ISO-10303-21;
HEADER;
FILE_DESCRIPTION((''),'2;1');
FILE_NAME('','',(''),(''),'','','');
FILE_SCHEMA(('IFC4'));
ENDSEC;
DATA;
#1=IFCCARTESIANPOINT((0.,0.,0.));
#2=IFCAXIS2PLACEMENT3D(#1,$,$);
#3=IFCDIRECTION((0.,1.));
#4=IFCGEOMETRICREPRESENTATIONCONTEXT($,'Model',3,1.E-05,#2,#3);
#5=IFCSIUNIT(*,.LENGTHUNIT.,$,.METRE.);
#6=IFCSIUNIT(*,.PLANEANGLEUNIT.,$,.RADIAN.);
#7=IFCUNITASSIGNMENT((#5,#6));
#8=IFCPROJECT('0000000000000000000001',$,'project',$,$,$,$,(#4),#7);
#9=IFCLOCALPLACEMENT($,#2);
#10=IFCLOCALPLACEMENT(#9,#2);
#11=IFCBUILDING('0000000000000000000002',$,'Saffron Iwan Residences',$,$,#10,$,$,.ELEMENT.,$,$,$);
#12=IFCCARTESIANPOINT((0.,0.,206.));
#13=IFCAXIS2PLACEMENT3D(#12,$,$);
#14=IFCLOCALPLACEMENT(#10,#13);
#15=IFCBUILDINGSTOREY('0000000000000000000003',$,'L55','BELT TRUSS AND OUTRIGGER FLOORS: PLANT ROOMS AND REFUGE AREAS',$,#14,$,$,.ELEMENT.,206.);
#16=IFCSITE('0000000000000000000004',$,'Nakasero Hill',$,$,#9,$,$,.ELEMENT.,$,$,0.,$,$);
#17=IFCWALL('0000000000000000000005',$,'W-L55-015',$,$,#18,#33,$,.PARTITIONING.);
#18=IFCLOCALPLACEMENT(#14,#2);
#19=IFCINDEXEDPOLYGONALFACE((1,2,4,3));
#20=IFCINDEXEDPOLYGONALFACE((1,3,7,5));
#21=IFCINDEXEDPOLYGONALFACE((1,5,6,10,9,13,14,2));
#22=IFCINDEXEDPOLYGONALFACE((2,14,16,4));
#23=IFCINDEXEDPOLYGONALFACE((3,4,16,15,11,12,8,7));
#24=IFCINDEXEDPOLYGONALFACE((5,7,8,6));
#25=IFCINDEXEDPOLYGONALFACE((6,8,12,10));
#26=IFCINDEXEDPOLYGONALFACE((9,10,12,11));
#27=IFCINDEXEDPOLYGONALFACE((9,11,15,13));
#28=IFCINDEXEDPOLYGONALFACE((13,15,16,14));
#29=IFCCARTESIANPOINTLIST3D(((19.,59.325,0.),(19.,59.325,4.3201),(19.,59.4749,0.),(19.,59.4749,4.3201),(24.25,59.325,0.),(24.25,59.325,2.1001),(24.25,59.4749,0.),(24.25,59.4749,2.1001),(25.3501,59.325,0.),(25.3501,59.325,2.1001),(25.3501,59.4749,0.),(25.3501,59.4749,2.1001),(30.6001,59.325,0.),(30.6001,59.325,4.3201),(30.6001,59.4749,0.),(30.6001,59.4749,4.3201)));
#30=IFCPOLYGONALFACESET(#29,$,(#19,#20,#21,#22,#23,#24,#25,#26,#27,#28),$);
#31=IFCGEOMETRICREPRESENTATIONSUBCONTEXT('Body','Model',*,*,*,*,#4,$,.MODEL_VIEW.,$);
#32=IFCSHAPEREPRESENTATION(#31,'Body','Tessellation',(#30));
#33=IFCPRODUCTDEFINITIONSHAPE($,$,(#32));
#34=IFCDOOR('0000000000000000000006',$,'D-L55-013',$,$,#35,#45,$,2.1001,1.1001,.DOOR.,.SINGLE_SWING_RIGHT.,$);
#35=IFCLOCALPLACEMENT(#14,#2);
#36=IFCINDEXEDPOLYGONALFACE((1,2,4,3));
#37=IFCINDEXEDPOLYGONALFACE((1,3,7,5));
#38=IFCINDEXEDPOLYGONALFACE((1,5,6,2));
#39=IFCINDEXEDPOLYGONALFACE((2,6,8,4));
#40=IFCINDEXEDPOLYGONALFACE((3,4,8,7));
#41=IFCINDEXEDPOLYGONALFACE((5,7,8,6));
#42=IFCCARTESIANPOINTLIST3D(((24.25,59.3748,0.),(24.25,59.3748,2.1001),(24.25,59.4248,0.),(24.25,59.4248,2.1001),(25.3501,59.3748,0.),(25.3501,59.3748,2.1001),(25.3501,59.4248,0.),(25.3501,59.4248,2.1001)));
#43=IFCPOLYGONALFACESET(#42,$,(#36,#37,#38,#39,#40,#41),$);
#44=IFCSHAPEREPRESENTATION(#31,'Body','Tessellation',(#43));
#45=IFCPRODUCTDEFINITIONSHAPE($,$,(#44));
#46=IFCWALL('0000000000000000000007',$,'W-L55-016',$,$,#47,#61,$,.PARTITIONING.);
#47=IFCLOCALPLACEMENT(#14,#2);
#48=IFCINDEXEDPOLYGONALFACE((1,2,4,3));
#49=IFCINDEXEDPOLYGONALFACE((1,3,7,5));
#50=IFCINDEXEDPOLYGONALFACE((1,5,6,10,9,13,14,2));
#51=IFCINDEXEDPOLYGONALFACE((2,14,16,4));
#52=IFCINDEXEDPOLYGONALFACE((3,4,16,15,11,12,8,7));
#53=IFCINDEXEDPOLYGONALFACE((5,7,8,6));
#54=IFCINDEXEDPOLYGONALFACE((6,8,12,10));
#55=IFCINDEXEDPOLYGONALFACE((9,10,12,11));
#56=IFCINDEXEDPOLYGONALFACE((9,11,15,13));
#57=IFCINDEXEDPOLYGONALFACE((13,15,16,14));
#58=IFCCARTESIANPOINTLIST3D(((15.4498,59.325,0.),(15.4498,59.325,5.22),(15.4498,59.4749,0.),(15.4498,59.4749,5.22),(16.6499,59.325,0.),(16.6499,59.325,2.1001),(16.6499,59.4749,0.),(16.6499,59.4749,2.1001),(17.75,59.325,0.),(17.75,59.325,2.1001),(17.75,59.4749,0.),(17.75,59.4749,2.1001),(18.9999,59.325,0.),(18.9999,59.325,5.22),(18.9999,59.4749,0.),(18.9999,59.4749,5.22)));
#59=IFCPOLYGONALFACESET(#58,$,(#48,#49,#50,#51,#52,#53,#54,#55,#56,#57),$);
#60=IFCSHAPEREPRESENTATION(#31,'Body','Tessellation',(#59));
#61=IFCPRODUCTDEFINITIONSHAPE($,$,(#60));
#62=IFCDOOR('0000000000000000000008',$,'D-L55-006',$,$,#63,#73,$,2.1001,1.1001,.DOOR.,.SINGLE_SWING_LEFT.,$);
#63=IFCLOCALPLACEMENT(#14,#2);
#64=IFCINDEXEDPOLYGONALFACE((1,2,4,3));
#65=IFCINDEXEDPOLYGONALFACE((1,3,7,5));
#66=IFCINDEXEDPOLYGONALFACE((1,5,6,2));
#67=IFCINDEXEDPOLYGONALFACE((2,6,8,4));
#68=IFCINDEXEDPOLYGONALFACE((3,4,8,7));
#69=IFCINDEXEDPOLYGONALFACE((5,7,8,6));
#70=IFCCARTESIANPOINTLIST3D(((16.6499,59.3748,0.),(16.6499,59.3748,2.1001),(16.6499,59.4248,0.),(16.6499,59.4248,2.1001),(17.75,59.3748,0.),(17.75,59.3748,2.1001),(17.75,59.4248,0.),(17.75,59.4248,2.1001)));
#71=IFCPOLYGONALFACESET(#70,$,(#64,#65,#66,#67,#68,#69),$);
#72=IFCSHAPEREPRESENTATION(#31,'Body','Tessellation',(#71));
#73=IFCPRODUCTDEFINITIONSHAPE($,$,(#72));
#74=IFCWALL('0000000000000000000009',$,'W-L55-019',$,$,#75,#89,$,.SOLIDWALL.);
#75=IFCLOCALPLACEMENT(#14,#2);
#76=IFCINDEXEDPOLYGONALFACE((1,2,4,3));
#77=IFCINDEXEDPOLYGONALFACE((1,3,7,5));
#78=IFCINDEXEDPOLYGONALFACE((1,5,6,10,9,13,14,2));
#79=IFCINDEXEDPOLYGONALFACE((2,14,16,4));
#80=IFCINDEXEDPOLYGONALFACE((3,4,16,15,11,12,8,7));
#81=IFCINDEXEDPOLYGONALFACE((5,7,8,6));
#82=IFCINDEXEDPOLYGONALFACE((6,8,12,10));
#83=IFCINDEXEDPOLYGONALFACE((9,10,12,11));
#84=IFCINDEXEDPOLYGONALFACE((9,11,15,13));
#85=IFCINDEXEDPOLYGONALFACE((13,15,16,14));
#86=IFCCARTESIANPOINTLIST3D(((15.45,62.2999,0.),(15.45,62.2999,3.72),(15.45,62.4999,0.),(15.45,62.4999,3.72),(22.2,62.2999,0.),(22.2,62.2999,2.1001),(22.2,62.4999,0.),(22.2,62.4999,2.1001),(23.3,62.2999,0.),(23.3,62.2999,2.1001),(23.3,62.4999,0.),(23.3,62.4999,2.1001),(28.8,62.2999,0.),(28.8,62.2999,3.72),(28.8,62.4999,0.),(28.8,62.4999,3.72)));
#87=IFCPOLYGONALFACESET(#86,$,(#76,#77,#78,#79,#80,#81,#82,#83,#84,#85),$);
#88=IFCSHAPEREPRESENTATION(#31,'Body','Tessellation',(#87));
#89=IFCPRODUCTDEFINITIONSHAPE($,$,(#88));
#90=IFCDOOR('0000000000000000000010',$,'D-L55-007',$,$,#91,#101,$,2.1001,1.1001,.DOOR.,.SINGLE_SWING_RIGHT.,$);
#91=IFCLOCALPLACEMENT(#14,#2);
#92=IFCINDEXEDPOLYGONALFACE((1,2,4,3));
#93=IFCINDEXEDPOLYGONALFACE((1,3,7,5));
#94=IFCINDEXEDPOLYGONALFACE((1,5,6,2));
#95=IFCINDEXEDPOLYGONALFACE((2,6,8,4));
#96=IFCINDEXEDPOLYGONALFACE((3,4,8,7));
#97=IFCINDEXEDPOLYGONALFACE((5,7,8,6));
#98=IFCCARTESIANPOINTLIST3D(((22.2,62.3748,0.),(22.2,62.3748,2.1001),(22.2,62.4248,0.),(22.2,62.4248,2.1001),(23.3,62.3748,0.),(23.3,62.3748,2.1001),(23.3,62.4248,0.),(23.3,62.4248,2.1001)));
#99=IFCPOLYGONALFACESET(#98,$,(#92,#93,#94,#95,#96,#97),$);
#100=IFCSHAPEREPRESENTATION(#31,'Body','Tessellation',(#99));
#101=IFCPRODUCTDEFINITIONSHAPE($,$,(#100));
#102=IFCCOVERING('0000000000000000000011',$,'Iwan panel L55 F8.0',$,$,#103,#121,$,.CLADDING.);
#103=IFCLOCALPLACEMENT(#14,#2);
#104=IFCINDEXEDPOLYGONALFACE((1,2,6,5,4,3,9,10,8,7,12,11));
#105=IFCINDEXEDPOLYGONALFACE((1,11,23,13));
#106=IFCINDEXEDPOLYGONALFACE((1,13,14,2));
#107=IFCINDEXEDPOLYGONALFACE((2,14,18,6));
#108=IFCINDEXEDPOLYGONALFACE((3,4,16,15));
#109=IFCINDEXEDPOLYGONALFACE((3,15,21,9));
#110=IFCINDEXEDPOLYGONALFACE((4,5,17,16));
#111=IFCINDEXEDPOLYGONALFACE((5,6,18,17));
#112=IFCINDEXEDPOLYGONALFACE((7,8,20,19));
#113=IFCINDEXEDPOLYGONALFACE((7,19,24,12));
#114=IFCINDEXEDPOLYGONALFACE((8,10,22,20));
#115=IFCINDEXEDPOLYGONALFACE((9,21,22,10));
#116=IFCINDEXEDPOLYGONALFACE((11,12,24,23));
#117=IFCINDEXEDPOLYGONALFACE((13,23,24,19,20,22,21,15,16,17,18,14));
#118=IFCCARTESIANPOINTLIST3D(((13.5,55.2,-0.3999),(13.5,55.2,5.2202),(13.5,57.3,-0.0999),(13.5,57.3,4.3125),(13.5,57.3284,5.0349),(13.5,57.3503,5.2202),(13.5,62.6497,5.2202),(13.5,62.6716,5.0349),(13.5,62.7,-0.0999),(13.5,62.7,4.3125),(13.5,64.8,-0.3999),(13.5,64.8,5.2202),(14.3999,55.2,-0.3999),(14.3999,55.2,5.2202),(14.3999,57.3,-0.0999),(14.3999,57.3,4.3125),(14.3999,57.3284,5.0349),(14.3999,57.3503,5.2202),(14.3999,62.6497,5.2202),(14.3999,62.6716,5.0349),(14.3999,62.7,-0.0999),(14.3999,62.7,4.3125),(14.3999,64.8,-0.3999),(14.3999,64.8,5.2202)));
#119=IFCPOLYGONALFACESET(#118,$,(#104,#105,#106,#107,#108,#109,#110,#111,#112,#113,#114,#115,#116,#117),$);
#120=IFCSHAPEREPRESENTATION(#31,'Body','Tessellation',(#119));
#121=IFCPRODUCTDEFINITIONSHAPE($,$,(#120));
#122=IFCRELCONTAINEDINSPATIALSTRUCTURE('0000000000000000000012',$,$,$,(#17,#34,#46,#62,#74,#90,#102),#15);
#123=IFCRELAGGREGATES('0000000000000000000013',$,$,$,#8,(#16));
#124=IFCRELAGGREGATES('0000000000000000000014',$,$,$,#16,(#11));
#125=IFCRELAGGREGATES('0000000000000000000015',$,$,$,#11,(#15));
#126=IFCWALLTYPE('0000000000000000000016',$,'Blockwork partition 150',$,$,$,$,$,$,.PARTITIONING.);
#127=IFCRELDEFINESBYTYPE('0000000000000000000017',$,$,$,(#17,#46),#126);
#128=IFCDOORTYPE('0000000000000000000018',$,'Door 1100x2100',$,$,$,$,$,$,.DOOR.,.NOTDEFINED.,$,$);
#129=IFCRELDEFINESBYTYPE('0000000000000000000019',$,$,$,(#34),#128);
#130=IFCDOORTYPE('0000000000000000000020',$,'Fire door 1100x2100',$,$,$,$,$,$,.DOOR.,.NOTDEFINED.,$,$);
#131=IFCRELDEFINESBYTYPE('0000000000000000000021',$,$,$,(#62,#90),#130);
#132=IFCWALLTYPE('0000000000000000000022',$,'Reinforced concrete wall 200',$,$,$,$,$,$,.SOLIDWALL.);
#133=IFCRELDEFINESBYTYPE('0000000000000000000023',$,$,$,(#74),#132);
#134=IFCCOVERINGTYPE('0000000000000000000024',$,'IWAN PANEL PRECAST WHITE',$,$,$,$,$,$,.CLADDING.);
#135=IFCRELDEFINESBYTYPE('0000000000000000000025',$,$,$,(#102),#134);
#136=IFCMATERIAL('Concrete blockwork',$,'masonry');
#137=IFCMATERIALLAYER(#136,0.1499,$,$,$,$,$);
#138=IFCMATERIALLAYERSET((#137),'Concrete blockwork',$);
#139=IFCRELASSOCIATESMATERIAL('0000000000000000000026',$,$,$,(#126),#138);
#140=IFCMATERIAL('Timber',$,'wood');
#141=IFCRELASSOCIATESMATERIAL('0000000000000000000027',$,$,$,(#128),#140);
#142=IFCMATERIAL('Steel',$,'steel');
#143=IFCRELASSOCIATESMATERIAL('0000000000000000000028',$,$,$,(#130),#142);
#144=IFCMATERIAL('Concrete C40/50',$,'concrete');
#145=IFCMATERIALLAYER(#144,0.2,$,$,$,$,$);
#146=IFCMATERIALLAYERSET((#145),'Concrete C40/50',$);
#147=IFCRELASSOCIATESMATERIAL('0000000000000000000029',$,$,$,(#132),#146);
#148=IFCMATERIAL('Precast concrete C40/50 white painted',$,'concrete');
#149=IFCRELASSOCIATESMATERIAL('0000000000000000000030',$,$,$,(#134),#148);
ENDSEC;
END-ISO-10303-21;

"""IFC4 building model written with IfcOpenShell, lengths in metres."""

from ifc_helpers import new_model, si_unit, direction, frame, frame_2d, origin, place, context, subcontext, project, spatial, polyline, rectangle, outline, extrude, material, layer, layer_set, type_object, element, fill, save


model = new_model("IFC4")

# Units and contexts
model_context = context("Model", 3, precision=1e-05, world=origin(), true_north=direction((0.0, 1.0)))
body_context = subcontext(model_context, "Body", "Model", "MODEL_VIEW")
ifc_project = project(units=[si_unit("LENGTHUNIT", "METRE"), si_unit("PLANEANGLEUNIT", "RADIAN")], contexts=[model_context])

# Site, building, storey
site_placement = place(None, origin())
site = spatial("IfcSite", under=ifc_project, at=site_placement, Name="Nakasero Hill", CompositionType="ELEMENT", RefElevation=0.0)
building_placement = place(site_placement, origin())
building = spatial("IfcBuilding", under=site, at=building_placement, Name="Saffron Iwan Residences", CompositionType="ELEMENT")
storey_placement = place(building_placement, frame((0.0, 0.0, 206.0)))
storey = spatial("IfcBuildingStorey", under=building, at=storey_placement, Name="L55", Description="BELT TRUSS AND OUTRIGGER FLOORS: PLANT ROOMS AND REFUGE AREAS", CompositionType="ELEMENT", Elevation=206.0)

# Walls, openings, doors
ifc_material_1 = material(Name="Concrete blockwork", Category="masonry")
ifc_layer_1 = layer(ifc_material_1, 0.1499)
ifc_layer_set_1 = layer_set([ifc_layer_1], Name="Concrete blockwork")
wall_type_1 = type_object("IfcWallType", Name="Blockwork partition 150", PredefinedType="PARTITIONING", material=ifc_layer_set_1)
wall_1_placement = place(storey_placement, frame((19.0, 59.3999, 0.0), z_axis=(0.0, 0.0, 1.0), x_axis=(1.0, 0.0, 0.0)))
wall_1 = element("IfcWall", 1, at=wall_1_placement, inside=storey, type_object=wall_type_1, Name="W-L55-015", PredefinedType="PARTITIONING", context=body_context, shape_type="SweptSolid", body=[
    extrude(rectangle(XDim=11.6001, YDim=0.1499, at=frame_2d((5.8, 0.0))), origin(), (0.0, 0.0, 1.0), 4.3201),
])
opening_1_placement = place(wall_1_placement, frame((5.25, 0.0, 0.0)))
opening_1 = element("IfcOpeningElement", 2, at=opening_1_placement, cuts=wall_1, PredefinedType="OPENING", context=body_context, shape_type="SweptSolid", body=[
    extrude(rectangle(XDim=1.1001, YDim=2.1001, at=frame_2d((0.55, 1.05))), frame((0.0, 0.085, 0.0), z_axis=(0.0, -1.0, 0.0), x_axis=(1.0, 0.0, 0.0)), (0.0, 0.0, 1.0), 0.1699),
])
ifc_material_2 = material(Name="Timber", Category="wood")
door_type_1 = type_object("IfcDoorType", Name="Door 1100x2100", OperationType="NOTDEFINED", PredefinedType="DOOR", material=ifc_material_2)
door_1_placement = place(opening_1_placement, origin())
door_1 = element("IfcDoor", 3, at=door_1_placement, inside=storey, type_object=door_type_1, Name="D-L55-013", OperationType="SINGLE_SWING_RIGHT", OverallHeight=2.1001, OverallWidth=1.1001, PredefinedType="DOOR", context=body_context, shape_type="SweptSolid", body=[
    extrude(rectangle(XDim=1.1001, YDim=2.1001, at=frame_2d((0.55, 1.05))), frame((0.0, 0.0249, 0.0), z_axis=(0.0, -1.0, 0.0), x_axis=(1.0, 0.0, 0.0)), (0.0, 0.0, 1.0), 0.05),
])
fill(opening_1, door_1)
wall_2_placement = place(storey_placement, frame((15.45, 59.3999, 0.0), z_axis=(0.0, 0.0, 1.0), x_axis=(1.0, 0.0, 0.0)))
wall_2 = element("IfcWall", 4, at=wall_2_placement, inside=storey, type_object=wall_type_1, Name="W-L55-016", PredefinedType="PARTITIONING", context=body_context, shape_type="SweptSolid", body=[
    extrude(rectangle(XDim=3.55, YDim=0.1499, at=frame_2d((1.7749, 0.0))), origin(), (0.0, 0.0, 1.0), 5.22),
])
opening_2_placement = place(wall_2_placement, frame((1.2, 0.0, 0.0)))
opening_2 = element("IfcOpeningElement", 5, at=opening_2_placement, cuts=wall_2, PredefinedType="OPENING", context=body_context, shape_type="SweptSolid", body=[
    extrude(rectangle(XDim=1.1001, YDim=2.1001, at=frame_2d((0.55, 1.05))), frame((0.0, 0.085, 0.0), z_axis=(0.0, -1.0, 0.0), x_axis=(1.0, 0.0, 0.0)), (0.0, 0.0, 1.0), 0.1699),
])
ifc_material_3 = material(Name="Steel", Category="steel")
door_type_2 = type_object("IfcDoorType", Name="Fire door 1100x2100", OperationType="NOTDEFINED", PredefinedType="DOOR", material=ifc_material_3)
door_2_placement = place(opening_2_placement, origin())
door_2 = element("IfcDoor", 6, at=door_2_placement, inside=storey, type_object=door_type_2, Name="D-L55-006", OperationType="SINGLE_SWING_LEFT", OverallHeight=2.1001, OverallWidth=1.1001, PredefinedType="DOOR", context=body_context, shape_type="SweptSolid", body=[
    extrude(rectangle(XDim=1.1001, YDim=2.1001, at=frame_2d((0.55, 1.05))), frame((0.0, 0.0249, 0.0), z_axis=(0.0, -1.0, 0.0), x_axis=(1.0, 0.0, 0.0)), (0.0, 0.0, 1.0), 0.05),
])
fill(opening_2, door_2)
ifc_material_4 = material(Name="Concrete C40/50", Category="concrete")
ifc_layer_2 = layer(ifc_material_4, 0.2)
ifc_layer_set_2 = layer_set([ifc_layer_2], Name="Concrete C40/50")
wall_type_2 = type_object("IfcWallType", Name="Reinforced concrete wall 200", PredefinedType="SOLIDWALL", material=ifc_layer_set_2)
wall_3_placement = place(storey_placement, frame((15.45, 62.3999, 0.0), z_axis=(0.0, 0.0, 1.0), x_axis=(1.0, 0.0, 0.0)))
wall_3 = element("IfcWall", 7, at=wall_3_placement, inside=storey, type_object=wall_type_2, Name="W-L55-019", PredefinedType="SOLIDWALL", context=body_context, shape_type="SweptSolid", body=[
    extrude(rectangle(XDim=13.3501, YDim=0.2, at=frame_2d((6.675, 0.0))), origin(), (0.0, 0.0, 1.0), 3.72),
])
opening_3_placement = place(wall_3_placement, frame((6.75, 0.0, 0.0)))
opening_3 = element("IfcOpeningElement", 8, at=opening_3_placement, cuts=wall_3, PredefinedType="OPENING", context=body_context, shape_type="SweptSolid", body=[
    extrude(rectangle(XDim=1.1001, YDim=2.1001, at=frame_2d((0.55, 1.05))), frame((0.0, 0.1099, 0.0), z_axis=(0.0, -1.0, 0.0), x_axis=(1.0, 0.0, 0.0)), (0.0, 0.0, 1.0), 0.22),
])
door_3_placement = place(opening_3_placement, origin())
door_3 = element("IfcDoor", 9, at=door_3_placement, inside=storey, type_object=door_type_2, Name="D-L55-007", OperationType="SINGLE_SWING_RIGHT", OverallHeight=2.1001, OverallWidth=1.1001, PredefinedType="DOOR", context=body_context, shape_type="SweptSolid", body=[
    extrude(rectangle(XDim=1.1001, YDim=2.1001, at=frame_2d((0.55, 1.05))), frame((0.0, 0.0249, 0.0), z_axis=(0.0, -1.0, 0.0), x_axis=(1.0, 0.0, 0.0)), (0.0, 0.0, 1.0), 0.05),
])
fill(opening_3, door_3)

# Covering
ifc_material_5 = material(Name="Precast concrete C40/50 white painted", Category="concrete")
covering_type_1 = type_object("IfcCoveringType", Name="IWAN PANEL PRECAST WHITE", PredefinedType="CLADDING", material=ifc_material_5)
covering_1_placement = place(storey_placement, frame((14.3999, 64.8, -0.3999), z_axis=(-1.0, 0.0, 0.0), x_axis=(0.0, -1.0, 0.0)))
element("IfcCovering", 10, at=covering_1_placement, inside=storey, type_object=covering_type_1, Name="Iwan panel L55 F8.0", PredefinedType="CLADDING", context=body_context, shape_type="SweptSolid", body=[
    extrude(outline(polyline([(9.6001, 5.6201), (9.6001, 0.0), (0.0, 0.0), (0.0, 5.6201), (2.1504, 5.6201), (2.1284, 5.4348), (2.1001, 4.7124), (2.1001, 0.3), (7.5, 0.3), (7.5, 4.7124), (7.4717, 5.4348), (7.4497, 5.6201), (9.6001, 5.6201)])), origin(), (0.0, 0.0, 1.0), 0.8999),
])

save(model, "model.ifc")
